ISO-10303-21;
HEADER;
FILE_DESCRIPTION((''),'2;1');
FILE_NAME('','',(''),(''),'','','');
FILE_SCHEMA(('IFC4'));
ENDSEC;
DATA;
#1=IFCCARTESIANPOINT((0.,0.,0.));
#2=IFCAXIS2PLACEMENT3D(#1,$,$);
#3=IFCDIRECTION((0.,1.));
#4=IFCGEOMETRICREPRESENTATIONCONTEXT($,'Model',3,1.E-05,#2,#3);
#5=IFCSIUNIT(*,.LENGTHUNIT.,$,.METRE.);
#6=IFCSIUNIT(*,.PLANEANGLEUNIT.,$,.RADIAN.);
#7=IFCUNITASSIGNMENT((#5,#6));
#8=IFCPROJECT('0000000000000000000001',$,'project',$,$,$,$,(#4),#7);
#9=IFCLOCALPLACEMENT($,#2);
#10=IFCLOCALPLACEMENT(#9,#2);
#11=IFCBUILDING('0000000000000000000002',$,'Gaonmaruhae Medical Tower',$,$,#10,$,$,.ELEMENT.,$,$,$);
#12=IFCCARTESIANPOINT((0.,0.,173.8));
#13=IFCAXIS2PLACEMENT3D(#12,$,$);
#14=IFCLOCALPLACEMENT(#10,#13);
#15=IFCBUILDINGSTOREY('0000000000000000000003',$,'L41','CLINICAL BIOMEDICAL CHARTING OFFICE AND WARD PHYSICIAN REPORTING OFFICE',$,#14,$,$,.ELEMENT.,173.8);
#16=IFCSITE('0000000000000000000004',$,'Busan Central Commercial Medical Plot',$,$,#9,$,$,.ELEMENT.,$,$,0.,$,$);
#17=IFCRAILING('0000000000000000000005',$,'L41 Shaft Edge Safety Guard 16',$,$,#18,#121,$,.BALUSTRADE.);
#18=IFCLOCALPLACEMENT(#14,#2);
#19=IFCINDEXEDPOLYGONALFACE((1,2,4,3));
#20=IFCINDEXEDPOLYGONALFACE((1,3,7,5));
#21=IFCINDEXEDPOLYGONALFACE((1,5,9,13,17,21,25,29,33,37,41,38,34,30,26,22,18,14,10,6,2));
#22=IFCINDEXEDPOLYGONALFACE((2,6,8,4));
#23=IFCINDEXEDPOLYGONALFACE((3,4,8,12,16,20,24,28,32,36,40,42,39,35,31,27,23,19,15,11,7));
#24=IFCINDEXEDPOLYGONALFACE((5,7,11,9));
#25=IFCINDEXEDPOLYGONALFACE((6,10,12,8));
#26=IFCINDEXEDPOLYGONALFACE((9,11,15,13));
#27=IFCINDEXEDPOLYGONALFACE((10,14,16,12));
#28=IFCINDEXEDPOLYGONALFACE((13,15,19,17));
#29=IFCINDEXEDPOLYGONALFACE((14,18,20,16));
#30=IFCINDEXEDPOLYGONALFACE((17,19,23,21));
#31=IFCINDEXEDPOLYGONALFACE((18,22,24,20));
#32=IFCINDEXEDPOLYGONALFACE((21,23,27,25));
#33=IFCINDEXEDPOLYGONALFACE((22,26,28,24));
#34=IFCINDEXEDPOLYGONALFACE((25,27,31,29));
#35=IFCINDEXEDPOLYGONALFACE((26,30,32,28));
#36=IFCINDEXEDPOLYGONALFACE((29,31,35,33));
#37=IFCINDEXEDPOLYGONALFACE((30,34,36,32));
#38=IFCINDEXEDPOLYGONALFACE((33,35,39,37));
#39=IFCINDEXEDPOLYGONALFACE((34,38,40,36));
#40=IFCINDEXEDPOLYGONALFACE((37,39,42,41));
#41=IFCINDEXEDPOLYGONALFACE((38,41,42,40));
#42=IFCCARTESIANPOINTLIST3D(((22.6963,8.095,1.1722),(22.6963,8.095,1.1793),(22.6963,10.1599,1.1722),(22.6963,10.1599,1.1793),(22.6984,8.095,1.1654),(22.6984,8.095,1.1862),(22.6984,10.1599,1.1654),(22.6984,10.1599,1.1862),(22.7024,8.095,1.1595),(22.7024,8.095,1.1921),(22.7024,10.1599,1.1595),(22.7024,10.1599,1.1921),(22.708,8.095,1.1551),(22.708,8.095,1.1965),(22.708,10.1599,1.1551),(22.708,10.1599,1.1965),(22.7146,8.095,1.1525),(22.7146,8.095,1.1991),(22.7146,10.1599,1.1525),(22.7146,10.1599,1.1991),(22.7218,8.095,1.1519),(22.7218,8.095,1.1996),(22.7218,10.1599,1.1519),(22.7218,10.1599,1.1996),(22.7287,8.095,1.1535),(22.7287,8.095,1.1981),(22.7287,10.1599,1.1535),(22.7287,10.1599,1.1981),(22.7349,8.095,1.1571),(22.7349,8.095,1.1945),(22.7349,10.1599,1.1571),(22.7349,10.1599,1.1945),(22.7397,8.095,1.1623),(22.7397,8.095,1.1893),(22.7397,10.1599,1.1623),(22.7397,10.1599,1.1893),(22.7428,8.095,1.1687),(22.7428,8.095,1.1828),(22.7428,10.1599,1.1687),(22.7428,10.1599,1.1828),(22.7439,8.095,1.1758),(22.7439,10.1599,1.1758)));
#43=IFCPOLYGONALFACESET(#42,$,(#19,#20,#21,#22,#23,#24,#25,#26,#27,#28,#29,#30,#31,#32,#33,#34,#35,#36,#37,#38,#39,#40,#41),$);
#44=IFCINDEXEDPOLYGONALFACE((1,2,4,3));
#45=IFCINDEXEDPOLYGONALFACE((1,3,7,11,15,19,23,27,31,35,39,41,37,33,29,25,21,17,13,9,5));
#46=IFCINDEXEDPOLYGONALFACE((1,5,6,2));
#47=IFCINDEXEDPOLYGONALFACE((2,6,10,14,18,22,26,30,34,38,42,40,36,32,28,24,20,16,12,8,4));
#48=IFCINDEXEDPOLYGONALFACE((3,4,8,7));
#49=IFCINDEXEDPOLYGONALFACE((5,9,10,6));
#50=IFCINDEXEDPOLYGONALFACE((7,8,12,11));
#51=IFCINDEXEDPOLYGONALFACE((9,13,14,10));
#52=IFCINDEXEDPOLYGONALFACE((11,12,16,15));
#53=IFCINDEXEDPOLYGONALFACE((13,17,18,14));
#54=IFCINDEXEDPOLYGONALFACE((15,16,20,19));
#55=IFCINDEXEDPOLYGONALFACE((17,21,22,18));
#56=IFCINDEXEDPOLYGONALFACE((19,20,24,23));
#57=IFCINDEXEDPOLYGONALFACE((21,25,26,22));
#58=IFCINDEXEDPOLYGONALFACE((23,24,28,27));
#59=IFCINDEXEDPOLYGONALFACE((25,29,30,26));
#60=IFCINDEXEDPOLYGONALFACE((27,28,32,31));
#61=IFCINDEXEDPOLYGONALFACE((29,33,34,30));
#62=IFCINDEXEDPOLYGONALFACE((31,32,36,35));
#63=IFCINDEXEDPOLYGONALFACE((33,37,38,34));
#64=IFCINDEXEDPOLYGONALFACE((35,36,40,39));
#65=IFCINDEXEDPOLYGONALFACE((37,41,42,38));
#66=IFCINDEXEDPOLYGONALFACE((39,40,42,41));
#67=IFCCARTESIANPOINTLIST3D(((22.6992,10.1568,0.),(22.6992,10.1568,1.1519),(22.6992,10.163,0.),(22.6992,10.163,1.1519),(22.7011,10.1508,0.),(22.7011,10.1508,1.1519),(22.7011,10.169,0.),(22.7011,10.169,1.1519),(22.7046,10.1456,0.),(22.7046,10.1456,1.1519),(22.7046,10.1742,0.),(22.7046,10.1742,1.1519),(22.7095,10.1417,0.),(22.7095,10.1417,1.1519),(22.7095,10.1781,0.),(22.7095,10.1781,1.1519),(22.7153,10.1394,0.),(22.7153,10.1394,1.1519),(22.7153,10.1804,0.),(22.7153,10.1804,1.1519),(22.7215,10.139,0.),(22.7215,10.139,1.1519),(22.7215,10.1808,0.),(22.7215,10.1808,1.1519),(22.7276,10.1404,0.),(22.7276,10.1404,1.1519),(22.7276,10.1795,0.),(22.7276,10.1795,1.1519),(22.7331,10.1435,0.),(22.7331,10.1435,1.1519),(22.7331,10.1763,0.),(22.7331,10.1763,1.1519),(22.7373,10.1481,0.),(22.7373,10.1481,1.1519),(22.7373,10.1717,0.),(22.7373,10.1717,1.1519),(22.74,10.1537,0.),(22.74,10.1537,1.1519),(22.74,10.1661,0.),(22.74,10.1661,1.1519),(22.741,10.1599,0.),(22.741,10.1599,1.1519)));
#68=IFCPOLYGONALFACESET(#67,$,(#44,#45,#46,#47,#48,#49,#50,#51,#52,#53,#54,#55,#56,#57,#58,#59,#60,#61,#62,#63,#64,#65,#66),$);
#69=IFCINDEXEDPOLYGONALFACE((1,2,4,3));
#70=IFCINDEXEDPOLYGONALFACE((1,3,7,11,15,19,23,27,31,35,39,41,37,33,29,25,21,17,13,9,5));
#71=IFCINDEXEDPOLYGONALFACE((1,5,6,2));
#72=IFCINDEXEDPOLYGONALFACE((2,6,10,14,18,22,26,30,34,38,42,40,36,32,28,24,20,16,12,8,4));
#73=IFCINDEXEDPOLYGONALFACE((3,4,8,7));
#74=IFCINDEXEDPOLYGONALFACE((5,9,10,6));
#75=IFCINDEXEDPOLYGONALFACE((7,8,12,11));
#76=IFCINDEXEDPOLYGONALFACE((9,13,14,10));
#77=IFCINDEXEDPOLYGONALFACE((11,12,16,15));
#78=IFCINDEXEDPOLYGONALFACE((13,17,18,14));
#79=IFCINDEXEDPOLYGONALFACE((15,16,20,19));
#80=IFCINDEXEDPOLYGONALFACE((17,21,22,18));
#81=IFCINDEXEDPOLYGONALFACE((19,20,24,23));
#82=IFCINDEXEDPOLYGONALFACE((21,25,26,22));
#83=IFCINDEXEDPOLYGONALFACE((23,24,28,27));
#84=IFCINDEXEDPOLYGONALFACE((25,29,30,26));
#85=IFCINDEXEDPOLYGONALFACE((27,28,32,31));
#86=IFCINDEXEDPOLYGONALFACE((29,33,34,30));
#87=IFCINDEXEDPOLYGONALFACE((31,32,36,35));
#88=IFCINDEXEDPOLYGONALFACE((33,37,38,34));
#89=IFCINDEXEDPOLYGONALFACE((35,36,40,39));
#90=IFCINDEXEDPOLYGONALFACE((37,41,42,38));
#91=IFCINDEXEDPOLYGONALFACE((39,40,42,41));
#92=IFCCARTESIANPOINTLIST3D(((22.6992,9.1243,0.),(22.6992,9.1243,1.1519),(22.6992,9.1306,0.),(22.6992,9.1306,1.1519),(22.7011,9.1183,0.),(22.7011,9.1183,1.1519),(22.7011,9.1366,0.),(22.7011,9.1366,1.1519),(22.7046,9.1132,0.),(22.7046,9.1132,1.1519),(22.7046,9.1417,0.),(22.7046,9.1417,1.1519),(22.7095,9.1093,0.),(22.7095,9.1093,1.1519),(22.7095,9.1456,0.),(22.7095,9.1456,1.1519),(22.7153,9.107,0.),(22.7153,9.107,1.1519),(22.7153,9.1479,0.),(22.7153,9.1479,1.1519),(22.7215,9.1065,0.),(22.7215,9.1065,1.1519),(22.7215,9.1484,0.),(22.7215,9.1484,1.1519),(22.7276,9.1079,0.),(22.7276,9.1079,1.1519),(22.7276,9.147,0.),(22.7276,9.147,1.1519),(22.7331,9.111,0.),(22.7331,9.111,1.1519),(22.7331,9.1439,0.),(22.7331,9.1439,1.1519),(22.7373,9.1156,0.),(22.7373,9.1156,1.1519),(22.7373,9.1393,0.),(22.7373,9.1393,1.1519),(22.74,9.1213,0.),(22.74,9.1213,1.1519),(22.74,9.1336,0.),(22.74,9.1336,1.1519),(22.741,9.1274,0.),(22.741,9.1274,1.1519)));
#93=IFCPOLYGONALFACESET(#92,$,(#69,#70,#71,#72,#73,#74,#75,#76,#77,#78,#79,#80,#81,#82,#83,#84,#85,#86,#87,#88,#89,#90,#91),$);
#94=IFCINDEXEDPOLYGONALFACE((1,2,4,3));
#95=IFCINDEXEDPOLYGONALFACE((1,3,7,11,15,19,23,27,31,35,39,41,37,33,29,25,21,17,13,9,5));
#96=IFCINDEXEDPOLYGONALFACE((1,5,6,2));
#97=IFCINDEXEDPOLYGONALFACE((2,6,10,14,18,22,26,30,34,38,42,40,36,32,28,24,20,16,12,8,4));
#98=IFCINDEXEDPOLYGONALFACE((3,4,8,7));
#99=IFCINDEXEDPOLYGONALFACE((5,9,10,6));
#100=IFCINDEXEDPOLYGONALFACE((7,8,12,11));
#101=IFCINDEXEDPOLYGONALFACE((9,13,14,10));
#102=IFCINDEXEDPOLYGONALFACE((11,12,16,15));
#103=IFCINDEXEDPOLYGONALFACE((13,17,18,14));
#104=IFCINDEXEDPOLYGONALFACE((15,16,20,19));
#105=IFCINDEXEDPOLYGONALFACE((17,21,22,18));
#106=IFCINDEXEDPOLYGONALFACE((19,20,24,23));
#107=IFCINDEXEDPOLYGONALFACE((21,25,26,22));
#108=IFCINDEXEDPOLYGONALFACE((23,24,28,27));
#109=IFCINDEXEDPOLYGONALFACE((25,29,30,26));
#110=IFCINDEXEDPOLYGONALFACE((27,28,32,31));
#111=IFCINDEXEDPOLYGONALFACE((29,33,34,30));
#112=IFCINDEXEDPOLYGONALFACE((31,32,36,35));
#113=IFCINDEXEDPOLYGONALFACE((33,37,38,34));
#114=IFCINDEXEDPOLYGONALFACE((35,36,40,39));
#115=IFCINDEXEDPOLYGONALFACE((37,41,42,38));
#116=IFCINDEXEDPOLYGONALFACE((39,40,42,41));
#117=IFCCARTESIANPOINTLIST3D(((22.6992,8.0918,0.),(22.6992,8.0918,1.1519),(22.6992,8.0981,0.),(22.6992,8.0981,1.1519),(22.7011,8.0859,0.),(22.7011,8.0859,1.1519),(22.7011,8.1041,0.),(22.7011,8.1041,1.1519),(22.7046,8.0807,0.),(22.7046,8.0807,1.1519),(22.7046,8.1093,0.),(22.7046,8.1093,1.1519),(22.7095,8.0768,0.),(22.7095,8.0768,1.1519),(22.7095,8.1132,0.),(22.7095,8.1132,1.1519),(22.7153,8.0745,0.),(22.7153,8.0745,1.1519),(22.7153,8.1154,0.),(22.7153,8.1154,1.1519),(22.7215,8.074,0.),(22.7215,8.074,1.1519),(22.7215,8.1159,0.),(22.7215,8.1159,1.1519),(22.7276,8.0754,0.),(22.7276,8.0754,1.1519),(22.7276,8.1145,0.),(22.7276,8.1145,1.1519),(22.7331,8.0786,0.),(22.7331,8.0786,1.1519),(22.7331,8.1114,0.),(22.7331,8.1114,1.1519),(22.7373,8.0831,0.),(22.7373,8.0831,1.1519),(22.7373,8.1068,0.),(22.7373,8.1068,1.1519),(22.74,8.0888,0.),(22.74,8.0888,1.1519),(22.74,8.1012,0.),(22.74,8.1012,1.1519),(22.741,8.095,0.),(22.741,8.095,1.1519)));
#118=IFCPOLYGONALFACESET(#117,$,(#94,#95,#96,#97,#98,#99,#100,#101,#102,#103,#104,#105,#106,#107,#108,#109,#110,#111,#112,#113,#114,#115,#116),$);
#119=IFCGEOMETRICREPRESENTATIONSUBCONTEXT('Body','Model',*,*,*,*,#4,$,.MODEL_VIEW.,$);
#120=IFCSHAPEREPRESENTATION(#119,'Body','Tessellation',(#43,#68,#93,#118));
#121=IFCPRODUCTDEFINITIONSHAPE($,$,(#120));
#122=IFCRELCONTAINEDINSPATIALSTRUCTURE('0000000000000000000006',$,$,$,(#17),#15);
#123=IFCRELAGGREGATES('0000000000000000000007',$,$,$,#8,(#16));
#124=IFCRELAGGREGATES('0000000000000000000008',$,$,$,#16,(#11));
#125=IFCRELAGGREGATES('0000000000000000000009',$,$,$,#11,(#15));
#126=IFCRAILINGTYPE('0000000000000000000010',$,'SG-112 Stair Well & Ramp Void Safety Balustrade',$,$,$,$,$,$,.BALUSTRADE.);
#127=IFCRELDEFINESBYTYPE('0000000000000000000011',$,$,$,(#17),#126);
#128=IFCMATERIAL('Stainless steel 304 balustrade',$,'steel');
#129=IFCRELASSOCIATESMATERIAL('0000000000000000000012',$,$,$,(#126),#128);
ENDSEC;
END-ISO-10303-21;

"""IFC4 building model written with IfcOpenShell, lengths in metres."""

from ifc_helpers import new_model, si_unit, direction, frame, origin, origin_2d, place, context, subcontext, project, spatial, circle, extrude, material, type_object, element, save


model = new_model("IFC4")

# Units and contexts
model_context = context("Model", 3, precision=1e-05, world=origin(), true_north=direction((0.0, 1.0)))
body_context = subcontext(model_context, "Body", "Model", "MODEL_VIEW")
ifc_project = project(units=[si_unit("LENGTHUNIT", "METRE"), si_unit("PLANEANGLEUNIT", "RADIAN")], contexts=[model_context])

# Site, building, storey
site_placement = place(None, origin())
site = spatial("IfcSite", under=ifc_project, at=site_placement, Name="Busan Central Commercial Medical Plot", CompositionType="ELEMENT", RefElevation=0.0)
building_placement = place(site_placement, origin())
building = spatial("IfcBuilding", under=site, at=building_placement, Name="Gaonmaruhae Medical Tower", CompositionType="ELEMENT")
storey_placement = place(building_placement, frame((0.0, 0.0, 173.8)))
storey = spatial("IfcBuildingStorey", under=building, at=storey_placement, Name="L41", Description="CLINICAL BIOMEDICAL CHARTING OFFICE AND WARD PHYSICIAN REPORTING OFFICE", CompositionType="ELEMENT", Elevation=173.8)

# Railing
ifc_material_1 = material(Name="Stainless steel 304 balustrade", Category="steel")
railing_type_1 = type_object("IfcRailingType", Name="SG-112 Stair Well & Ramp Void Safety Balustrade", PredefinedType="BALUSTRADE", material=ifc_material_1)
railing_1_placement = place(storey_placement, frame((22.72, 10.1599, 0.0)))
element("IfcRailing", 1, at=railing_1_placement, inside=storey, type_object=railing_type_1, Name="L41 Shaft Edge Safety Guard 16", PredefinedType="BALUSTRADE", context=body_context, shape_type="SweptSolid", body=[
    extrude(circle(Radius=0.0239, at=origin_2d()), frame((0.0, 0.0, 1.1758), z_axis=(0.0, -1.0, 0.0), x_axis=(1.0, 0.0, 0.0)), (0.0, 0.0, 1.0), 2.0649),
    extrude(circle(Radius=0.021, at=origin_2d()), origin(), (0.0, 0.0, 1.0), 1.1519),
    extrude(circle(Radius=0.021, at=origin_2d()), frame((0.0, -1.0325, 0.0)), (0.0, 0.0, 1.0), 1.1519),
    extrude(circle(Radius=0.021, at=origin_2d()), frame((0.0, -2.0649, 0.0)), (0.0, 0.0, 1.0), 1.1519),
])

save(model, "model.ifc")
